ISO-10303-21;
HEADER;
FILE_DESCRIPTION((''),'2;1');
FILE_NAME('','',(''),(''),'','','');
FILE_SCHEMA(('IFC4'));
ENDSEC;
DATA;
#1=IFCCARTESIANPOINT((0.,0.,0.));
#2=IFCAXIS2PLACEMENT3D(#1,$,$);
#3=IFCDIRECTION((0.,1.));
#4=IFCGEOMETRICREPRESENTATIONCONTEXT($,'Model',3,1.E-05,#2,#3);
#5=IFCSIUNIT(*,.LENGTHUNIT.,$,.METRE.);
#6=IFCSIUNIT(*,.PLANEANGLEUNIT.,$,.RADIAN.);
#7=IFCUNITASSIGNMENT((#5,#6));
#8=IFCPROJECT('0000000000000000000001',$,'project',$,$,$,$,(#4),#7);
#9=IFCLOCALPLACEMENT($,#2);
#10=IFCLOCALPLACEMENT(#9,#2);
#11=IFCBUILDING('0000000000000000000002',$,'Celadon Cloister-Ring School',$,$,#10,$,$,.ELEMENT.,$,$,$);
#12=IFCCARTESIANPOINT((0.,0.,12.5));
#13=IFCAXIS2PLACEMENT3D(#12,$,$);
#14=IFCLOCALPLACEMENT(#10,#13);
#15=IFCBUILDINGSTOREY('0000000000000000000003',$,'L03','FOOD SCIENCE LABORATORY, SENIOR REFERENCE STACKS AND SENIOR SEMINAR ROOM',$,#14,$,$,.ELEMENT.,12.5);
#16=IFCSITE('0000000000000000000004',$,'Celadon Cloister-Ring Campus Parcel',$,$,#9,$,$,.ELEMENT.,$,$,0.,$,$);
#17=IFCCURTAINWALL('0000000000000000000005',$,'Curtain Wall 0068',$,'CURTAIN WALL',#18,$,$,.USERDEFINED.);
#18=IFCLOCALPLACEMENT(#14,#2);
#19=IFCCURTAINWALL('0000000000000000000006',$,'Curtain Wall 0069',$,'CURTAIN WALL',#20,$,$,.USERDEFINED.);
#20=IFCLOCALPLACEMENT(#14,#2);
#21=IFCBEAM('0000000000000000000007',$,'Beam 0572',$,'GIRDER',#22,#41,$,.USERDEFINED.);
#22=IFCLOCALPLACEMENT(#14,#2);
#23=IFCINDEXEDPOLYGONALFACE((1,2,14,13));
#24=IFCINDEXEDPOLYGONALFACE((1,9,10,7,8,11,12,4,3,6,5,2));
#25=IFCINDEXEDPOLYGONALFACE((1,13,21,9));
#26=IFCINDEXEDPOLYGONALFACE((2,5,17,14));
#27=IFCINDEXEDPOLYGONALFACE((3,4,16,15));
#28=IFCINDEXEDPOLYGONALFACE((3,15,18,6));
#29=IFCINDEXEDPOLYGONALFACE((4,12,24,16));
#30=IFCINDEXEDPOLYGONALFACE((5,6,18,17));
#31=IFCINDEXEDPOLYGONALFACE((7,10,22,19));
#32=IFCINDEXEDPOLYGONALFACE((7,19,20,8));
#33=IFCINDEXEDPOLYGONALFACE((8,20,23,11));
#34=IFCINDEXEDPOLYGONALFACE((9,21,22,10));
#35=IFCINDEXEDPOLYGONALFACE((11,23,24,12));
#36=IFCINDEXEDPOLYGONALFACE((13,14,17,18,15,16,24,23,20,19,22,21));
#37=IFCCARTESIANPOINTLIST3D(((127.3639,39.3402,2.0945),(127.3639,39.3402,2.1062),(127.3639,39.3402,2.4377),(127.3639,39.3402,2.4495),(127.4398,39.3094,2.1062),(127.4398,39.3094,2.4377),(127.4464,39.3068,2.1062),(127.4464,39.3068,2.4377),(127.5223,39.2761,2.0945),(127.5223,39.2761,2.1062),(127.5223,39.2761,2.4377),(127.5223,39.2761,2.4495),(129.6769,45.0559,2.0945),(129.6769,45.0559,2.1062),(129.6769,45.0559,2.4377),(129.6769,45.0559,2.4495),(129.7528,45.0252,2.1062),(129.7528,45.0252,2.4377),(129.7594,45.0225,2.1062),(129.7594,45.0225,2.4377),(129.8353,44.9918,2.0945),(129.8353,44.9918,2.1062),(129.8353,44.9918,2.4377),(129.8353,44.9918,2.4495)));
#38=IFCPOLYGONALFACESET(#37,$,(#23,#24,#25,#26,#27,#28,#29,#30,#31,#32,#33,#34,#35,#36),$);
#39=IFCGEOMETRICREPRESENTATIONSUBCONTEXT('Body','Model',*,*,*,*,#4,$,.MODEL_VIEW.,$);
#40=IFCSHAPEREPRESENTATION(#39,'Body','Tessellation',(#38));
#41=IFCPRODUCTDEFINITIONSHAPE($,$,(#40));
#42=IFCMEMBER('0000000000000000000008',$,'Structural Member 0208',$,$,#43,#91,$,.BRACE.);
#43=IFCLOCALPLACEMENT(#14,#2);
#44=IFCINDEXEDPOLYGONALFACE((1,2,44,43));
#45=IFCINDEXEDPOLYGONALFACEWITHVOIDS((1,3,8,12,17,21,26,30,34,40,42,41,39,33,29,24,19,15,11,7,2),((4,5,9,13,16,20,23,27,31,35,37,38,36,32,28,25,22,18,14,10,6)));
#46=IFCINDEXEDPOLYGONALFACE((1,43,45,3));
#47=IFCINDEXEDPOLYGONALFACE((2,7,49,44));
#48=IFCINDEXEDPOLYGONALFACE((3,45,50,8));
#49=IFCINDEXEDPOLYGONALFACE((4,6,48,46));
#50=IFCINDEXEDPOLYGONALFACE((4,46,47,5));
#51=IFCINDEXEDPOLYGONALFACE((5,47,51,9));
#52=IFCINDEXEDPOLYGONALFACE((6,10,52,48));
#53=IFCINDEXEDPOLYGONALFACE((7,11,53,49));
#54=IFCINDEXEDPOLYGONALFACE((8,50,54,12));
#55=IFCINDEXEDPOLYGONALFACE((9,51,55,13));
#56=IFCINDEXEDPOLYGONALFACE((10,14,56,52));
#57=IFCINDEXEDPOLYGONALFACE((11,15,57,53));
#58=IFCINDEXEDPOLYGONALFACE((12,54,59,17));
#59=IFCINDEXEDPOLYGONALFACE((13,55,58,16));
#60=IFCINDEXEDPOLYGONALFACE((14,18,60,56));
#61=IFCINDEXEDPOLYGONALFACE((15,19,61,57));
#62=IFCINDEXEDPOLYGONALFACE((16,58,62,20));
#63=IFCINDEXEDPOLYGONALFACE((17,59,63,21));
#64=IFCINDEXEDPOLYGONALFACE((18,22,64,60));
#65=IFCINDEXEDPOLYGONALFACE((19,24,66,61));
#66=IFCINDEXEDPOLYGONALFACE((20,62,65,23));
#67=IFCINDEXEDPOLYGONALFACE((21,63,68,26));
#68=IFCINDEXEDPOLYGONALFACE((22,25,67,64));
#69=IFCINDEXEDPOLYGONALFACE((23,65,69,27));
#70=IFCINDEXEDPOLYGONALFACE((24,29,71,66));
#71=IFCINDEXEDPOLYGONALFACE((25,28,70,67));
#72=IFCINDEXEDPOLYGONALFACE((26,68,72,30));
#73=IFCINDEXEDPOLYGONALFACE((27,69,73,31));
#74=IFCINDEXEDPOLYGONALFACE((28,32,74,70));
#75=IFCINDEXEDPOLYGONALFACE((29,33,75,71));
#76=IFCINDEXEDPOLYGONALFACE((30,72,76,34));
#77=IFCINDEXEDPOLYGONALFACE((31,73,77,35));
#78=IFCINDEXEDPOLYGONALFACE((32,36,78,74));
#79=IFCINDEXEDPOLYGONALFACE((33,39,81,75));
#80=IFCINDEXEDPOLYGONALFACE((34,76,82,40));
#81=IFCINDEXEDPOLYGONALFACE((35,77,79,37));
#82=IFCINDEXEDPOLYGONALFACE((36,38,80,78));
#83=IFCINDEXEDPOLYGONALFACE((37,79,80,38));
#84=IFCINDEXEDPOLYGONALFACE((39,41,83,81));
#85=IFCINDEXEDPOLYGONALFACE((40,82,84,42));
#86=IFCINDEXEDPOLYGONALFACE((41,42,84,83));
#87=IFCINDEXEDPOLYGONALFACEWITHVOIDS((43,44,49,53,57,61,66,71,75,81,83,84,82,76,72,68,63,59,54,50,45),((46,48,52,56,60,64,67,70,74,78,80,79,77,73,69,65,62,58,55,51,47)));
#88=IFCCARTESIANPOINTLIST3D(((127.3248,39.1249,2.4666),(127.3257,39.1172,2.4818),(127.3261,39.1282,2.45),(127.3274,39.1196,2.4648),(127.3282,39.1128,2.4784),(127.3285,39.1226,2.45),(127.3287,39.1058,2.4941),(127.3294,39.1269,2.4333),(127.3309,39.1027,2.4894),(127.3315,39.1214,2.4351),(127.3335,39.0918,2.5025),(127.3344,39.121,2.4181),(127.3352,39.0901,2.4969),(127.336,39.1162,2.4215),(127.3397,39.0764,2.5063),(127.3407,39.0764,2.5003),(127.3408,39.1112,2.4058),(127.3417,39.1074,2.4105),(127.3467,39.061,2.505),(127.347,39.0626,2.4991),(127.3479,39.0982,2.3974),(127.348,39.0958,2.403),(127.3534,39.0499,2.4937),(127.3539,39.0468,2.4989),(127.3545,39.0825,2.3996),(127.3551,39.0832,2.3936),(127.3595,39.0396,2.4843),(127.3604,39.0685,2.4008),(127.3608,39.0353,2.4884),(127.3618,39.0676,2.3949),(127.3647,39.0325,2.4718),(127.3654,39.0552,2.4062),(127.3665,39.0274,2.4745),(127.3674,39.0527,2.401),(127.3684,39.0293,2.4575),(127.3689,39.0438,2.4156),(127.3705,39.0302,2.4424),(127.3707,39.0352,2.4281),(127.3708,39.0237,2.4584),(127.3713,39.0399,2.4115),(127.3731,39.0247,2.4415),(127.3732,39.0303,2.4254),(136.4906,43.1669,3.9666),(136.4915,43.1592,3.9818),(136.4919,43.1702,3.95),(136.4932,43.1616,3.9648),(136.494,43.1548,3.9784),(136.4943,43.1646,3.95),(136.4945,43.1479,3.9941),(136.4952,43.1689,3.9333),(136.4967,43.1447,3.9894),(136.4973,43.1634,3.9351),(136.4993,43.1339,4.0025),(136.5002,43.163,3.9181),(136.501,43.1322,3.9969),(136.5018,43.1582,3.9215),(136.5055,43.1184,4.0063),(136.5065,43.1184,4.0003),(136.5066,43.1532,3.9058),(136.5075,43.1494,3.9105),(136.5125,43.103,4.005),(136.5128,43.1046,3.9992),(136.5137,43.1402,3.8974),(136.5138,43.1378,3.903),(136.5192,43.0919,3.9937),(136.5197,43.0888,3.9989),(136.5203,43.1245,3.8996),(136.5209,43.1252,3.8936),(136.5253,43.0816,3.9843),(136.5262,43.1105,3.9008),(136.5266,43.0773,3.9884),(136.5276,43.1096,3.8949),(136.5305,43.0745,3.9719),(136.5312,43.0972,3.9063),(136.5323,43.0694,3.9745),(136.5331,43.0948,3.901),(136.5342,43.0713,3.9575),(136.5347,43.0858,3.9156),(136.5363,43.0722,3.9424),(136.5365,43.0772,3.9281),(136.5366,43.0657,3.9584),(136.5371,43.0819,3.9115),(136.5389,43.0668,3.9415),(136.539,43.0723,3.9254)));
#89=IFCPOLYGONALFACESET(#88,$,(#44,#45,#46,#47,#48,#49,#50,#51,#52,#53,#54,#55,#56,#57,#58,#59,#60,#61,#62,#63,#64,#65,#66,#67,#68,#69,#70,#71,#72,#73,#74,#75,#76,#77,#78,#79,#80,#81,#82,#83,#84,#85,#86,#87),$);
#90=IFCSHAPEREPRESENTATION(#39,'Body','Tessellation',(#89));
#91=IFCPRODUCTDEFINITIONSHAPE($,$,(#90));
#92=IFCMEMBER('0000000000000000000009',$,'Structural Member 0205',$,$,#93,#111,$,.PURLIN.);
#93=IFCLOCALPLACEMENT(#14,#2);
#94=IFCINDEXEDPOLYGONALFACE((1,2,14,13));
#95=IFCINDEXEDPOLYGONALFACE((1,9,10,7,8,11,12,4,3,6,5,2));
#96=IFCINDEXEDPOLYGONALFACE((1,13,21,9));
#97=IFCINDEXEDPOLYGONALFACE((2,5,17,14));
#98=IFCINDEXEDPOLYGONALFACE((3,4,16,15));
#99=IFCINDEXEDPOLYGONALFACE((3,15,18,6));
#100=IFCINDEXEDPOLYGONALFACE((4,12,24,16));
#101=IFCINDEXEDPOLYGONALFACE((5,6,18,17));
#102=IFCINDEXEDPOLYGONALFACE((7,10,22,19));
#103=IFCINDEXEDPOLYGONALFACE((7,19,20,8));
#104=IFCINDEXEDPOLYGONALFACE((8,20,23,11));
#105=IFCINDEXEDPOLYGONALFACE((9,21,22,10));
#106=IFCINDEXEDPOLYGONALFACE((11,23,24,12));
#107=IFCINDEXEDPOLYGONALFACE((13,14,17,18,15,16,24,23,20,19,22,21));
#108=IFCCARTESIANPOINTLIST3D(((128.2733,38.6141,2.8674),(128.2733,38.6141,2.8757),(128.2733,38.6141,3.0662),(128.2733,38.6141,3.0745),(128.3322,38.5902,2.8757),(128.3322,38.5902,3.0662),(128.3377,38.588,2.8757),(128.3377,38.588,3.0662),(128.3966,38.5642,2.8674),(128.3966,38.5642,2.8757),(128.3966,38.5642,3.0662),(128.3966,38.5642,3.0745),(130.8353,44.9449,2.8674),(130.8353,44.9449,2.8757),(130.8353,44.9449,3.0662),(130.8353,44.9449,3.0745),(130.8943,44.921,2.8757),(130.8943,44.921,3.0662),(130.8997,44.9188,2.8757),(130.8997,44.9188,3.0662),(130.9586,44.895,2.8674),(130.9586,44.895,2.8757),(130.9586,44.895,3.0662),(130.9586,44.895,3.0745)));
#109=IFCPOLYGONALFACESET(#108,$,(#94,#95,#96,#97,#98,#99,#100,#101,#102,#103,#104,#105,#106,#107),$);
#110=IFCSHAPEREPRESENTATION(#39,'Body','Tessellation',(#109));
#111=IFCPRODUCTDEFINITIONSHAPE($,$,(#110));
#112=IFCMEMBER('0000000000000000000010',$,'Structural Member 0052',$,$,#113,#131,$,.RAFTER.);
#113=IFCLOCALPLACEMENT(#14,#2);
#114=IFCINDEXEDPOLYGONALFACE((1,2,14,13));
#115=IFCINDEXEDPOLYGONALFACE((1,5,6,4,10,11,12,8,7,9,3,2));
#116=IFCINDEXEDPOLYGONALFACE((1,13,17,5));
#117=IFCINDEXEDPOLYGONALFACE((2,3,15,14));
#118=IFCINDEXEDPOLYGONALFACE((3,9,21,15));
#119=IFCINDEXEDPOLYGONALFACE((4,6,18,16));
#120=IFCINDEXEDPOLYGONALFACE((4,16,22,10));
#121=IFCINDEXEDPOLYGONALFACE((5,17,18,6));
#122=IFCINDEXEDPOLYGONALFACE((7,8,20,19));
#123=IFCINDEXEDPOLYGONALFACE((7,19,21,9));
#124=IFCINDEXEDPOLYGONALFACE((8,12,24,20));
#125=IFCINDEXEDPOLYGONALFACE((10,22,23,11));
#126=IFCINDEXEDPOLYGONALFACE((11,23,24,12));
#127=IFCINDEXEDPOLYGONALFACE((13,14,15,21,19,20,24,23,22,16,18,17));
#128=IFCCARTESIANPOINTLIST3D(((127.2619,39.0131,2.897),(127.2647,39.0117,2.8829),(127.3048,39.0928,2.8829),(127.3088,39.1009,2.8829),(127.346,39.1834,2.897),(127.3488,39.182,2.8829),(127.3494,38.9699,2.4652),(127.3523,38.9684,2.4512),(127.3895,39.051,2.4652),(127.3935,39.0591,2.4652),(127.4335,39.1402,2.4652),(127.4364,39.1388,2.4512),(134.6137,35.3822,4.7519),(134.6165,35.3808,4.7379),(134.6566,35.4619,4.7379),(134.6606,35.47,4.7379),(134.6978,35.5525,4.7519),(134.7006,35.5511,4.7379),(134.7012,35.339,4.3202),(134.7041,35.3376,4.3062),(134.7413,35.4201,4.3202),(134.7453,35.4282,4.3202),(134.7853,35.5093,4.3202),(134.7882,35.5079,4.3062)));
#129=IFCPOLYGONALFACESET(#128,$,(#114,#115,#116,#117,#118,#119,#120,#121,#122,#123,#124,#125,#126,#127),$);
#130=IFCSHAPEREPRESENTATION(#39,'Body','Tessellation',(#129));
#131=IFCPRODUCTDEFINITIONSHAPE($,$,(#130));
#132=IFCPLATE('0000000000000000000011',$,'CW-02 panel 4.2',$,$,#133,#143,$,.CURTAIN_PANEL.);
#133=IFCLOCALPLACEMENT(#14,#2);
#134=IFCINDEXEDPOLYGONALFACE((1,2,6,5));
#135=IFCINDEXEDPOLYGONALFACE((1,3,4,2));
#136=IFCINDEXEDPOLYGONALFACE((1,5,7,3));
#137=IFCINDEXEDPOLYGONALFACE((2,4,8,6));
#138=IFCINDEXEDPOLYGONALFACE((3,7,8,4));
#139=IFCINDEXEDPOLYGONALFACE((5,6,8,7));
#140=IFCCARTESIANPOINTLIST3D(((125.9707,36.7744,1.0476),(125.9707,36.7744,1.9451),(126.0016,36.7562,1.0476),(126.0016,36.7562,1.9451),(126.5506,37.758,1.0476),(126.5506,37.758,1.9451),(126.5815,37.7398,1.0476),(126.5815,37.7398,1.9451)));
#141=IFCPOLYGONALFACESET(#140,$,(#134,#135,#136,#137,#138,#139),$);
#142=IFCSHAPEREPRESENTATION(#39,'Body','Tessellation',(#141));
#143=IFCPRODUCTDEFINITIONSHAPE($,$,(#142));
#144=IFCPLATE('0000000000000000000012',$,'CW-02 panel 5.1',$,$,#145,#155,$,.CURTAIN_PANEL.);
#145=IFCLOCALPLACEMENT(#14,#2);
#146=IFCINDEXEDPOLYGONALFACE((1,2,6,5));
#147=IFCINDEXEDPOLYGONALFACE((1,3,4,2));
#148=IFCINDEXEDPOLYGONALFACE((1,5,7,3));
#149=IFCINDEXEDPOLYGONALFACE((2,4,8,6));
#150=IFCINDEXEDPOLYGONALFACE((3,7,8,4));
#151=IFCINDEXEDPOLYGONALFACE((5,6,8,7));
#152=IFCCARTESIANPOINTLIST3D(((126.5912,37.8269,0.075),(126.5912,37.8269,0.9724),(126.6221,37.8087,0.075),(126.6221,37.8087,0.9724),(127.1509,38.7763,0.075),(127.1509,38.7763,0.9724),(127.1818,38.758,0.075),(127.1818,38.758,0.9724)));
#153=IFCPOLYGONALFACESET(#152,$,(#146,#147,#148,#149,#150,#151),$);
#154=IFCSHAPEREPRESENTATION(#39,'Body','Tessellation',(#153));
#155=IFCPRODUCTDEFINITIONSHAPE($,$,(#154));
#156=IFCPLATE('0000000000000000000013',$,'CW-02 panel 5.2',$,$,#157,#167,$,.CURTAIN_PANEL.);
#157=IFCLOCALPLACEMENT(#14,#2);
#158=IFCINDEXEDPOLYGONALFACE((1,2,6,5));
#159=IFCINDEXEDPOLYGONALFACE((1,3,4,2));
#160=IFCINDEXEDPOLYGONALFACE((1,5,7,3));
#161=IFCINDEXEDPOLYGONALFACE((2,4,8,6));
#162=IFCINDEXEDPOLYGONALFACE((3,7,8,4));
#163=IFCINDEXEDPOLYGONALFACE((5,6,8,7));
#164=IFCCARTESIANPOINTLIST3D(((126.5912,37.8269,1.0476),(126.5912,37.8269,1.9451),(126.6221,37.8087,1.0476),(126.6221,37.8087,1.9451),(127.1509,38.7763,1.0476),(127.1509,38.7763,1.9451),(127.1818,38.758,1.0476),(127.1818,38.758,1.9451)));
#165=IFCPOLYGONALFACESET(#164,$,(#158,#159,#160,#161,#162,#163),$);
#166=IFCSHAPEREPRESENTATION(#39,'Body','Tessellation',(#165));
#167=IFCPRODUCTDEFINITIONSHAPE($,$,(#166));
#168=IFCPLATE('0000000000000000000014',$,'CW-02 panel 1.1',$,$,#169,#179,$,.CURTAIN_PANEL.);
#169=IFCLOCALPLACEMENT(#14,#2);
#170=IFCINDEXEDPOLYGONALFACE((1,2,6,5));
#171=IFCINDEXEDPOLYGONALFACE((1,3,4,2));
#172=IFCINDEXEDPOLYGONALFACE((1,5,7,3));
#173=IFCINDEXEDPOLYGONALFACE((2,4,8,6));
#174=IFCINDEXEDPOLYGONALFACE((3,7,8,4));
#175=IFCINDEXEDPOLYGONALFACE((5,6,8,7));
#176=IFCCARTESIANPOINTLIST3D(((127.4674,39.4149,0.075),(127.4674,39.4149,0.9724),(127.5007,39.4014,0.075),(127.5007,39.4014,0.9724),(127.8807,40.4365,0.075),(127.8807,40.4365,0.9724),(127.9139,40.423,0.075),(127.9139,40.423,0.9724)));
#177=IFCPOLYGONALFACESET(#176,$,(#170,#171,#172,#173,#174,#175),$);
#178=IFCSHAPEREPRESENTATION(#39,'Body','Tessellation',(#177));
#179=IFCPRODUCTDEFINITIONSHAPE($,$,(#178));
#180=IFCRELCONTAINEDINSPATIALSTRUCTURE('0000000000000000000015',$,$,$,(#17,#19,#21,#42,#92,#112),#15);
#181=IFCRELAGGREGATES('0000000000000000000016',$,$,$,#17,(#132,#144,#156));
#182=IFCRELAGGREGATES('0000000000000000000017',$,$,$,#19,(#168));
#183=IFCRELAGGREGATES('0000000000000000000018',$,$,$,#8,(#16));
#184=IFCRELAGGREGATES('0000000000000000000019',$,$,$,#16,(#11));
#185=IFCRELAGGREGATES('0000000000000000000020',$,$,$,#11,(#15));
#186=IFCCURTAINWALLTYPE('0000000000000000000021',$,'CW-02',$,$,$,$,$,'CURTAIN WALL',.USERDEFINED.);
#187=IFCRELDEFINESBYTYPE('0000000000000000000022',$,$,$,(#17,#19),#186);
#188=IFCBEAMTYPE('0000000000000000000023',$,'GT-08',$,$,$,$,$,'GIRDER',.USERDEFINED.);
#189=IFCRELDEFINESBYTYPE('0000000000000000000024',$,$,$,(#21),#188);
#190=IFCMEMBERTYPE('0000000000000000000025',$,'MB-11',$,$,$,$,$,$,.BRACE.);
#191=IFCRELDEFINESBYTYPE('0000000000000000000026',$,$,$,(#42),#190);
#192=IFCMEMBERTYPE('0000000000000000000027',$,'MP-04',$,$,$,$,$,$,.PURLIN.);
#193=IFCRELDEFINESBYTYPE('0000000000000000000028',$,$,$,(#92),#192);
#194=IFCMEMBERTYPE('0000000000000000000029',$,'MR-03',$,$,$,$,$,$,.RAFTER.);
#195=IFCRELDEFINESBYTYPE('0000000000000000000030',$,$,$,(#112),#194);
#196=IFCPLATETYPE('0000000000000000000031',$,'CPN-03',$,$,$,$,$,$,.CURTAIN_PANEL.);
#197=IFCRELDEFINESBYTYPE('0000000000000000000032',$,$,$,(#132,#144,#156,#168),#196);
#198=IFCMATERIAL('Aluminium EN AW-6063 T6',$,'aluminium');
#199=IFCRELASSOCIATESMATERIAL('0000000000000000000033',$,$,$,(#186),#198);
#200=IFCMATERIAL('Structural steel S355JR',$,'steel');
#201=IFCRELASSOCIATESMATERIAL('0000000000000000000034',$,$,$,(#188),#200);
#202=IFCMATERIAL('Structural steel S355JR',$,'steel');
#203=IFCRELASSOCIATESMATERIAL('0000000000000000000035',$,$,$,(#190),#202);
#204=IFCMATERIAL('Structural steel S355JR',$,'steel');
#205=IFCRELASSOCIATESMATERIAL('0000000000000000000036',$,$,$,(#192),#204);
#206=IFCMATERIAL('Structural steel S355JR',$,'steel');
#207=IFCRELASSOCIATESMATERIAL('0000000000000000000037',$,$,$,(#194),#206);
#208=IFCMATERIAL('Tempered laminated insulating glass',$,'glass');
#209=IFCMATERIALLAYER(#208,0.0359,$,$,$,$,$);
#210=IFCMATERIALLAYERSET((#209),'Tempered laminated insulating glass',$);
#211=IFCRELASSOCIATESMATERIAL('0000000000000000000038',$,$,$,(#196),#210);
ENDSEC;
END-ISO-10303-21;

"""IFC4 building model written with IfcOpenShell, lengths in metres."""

from ifc_helpers import new_model, si_unit, direction, frame, origin, origin_2d, place, context, subcontext, project, spatial, rectangle, hollow_circle, i_section, extrude, material, layer, layer_set, material_profile, profile_set, type_object, element, aggregate, save


model = new_model("IFC4")

# Units and contexts
model_context = context("Model", 3, precision=1e-05, world=origin(), true_north=direction((0.0, 1.0)))
body_context = subcontext(model_context, "Body", "Model", "MODEL_VIEW")
ifc_project = project(units=[si_unit("LENGTHUNIT", "METRE"), si_unit("PLANEANGLEUNIT", "RADIAN")], contexts=[model_context])

# Site, building, storey
site_placement = place(None, origin())
site = spatial("IfcSite", under=ifc_project, at=site_placement, Name="Celadon Cloister-Ring Campus Parcel", CompositionType="ELEMENT", RefElevation=0.0)
building_placement = place(site_placement, origin())
building = spatial("IfcBuilding", under=site, at=building_placement, Name="Celadon Cloister-Ring School", CompositionType="ELEMENT")
storey_placement = place(building_placement, frame((0.0, 0.0, 12.5)))
storey = spatial("IfcBuildingStorey", under=building, at=storey_placement, Name="L03", Description="FOOD SCIENCE LABORATORY, SENIOR REFERENCE STACKS AND SENIOR SEMINAR ROOM", CompositionType="ELEMENT", Elevation=12.5)

# Curtain wall
ifc_material_1 = material(Name="Aluminium EN AW-6063 T6", Category="aluminium")
curtain_wall_type = type_object("IfcCurtainWallType", Name="CW-02", ElementType="CURTAIN WALL", PredefinedType="USERDEFINED", material=ifc_material_1)
curtain_wall_1_placement = place(storey_placement, origin())
curtain_wall_1 = element("IfcCurtainWall", 1, at=curtain_wall_1_placement, inside=storey, type_object=curtain_wall_type, Name="Curtain Wall 0068", ObjectType="CURTAIN WALL", PredefinedType="USERDEFINED")

# Curtain wall
curtain_wall_2_placement = place(storey_placement, origin())
curtain_wall_2 = element("IfcCurtainWall", 2, at=curtain_wall_2_placement, inside=storey, type_object=curtain_wall_type, Name="Curtain Wall 0069", ObjectType="CURTAIN WALL", PredefinedType="USERDEFINED")

# Beam
ifc_material_2 = material(Name="Structural steel S355JR", Category="steel")
ifc_material_profile_1 = material_profile(ifc_material_2, i_section(OverallWidth=0.1709, OverallDepth=0.355, WebThickness=0.0071, FlangeThickness=0.0117, at=origin_2d()), Name="W360X51")
ifc_profile_set_1 = profile_set([ifc_material_profile_1], Name="Structural steel S355JR")
beam_type = type_object("IfcBeamType", Name="GT-08", ElementType="GIRDER", PredefinedType="USERDEFINED", material=ifc_profile_set_1)
beam_placement = place(storey_placement, frame((127.4431, 39.3081, 2.272), z_axis=(0.375115, 0.926978, 0.0), x_axis=(-0.926978, 0.375115, 0.0)))
element("IfcBeam", 3, at=beam_placement, inside=storey, type_object=beam_type, Name="Beam 0572", ObjectType="GIRDER", PredefinedType="USERDEFINED", context=body_context, shape_type="SweptSolid", body=[
    extrude(i_section(OverallWidth=0.1709, OverallDepth=0.355, WebThickness=0.0071, FlangeThickness=0.0117, at=origin_2d()), origin(), (0.0, 0.0, 1.0), 6.166),
])

# Members
ifc_material_3 = material(Name="Structural steel S355JR", Category="steel")
ifc_material_profile_2 = material_profile(ifc_material_3, hollow_circle(Radius=0.0571, WallThickness=0.0061, at=origin_2d()), Name="CHS114.3X6")
ifc_profile_set_2 = profile_set([ifc_material_profile_2], Name="Structural steel S355JR")
member_type_1 = type_object("IfcMemberType", Name="MB-11", PredefinedType="BRACE", material=ifc_profile_set_2)
member_1_placement = place(storey_placement, frame((127.3491, 39.0759, 2.45), z_axis=(0.904893, 0.399047, 0.148088), x_axis=(-0.403496, 0.914982, 0.0)))
element("IfcMember", 4, at=member_1_placement, inside=storey, type_object=member_type_1, Name="Structural Member 0208", PredefinedType="BRACE", context=body_context, shape_type="SweptSolid", body=[
    extrude(hollow_circle(Radius=0.0571, WallThickness=0.0061, at=origin_2d()), origin(), (0.0, 0.0, 1.0), 10.1292),
])
ifc_material_4 = material(Name="Structural steel S355JR", Category="steel")
ifc_material_profile_3 = material_profile(ifc_material_4, i_section(OverallWidth=0.1331, OverallDepth=0.207, WebThickness=0.0059, FlangeThickness=0.0083, at=origin_2d()), Name="W200X27")
ifc_profile_set_3 = profile_set([ifc_material_profile_3], Name="Structural steel S355JR")
member_type_2 = type_object("IfcMemberType", Name="MP-04", PredefinedType="PURLIN", material=ifc_profile_set_3)
member_2_placement = place(storey_placement, frame((128.335, 38.5891, 2.9709), z_axis=(0.375135, 0.92697, 0.0), x_axis=(-0.92697, 0.375135, 0.0)))
element("IfcMember", 5, at=member_2_placement, inside=storey, type_object=member_type_2, Name="Structural Member 0205", PredefinedType="PURLIN", context=body_context, shape_type="SweptSolid", body=[
    extrude(i_section(OverallWidth=0.1331, OverallDepth=0.207, WebThickness=0.0059, FlangeThickness=0.0083, at=origin_2d()), origin(), (0.0, 0.0, 1.0), 6.8296),
])
ifc_material_5 = material(Name="Structural steel S355JR", Category="steel")
ifc_material_profile_4 = material_profile(ifc_material_5, i_section(OverallWidth=0.1899, OverallDepth=0.457, WebThickness=0.009, FlangeThickness=0.0144, at=origin_2d()), Name="W460X74")
ifc_profile_set_4 = profile_set([ifc_material_profile_4], Name="Structural steel S355JR")
member_type_3 = type_object("IfcMemberType", Name="MR-03", PredefinedType="RAFTER", material=ifc_profile_set_4)
member_3_placement = place(storey_placement, frame((127.3491, 39.0759, 2.6741), z_axis=(0.874514, -0.431899, 0.220654), x_axis=(0.442813, 0.896614, 0.0)))
element("IfcMember", 6, at=member_3_placement, inside=storey, type_object=member_type_3, Name="Structural Member 0052", PredefinedType="RAFTER", context=body_context, shape_type="SweptSolid", body=[
    extrude(i_section(OverallWidth=0.1899, OverallDepth=0.457, WebThickness=0.009, FlangeThickness=0.0144, at=origin_2d()), origin(), (0.0, 0.0, 1.0), 8.4067),
])

# Plates
ifc_material_6 = material(Name="Tempered laminated insulating glass", Category="glass")
ifc_layer_1 = layer(ifc_material_6, 0.0359)
ifc_layer_set_1 = layer_set([ifc_layer_1], Name="Tempered laminated insulating glass")
plate_type_1 = type_object("IfcPlateType", Name="CPN-03", PredefinedType="CURTAIN_PANEL", material=ifc_layer_set_1)
plate_1_placement = place(storey_placement, frame((126.2761, 37.2571, 1.0476), z_axis=(0.0, 0.0, 1.0), x_axis=(0.507885, 0.861425, 0.0)))
plate_1 = element("IfcPlate", 7, at=plate_1_placement, type_object=plate_type_1, Name="CW-02 panel 4.2", PredefinedType="CURTAIN_PANEL", context=body_context, shape_type="SweptSolid", body=[
    extrude(rectangle(XDim=1.1418, YDim=0.0359, at=origin_2d()), origin(), (0.0, 0.0, 1.0), 0.8975),
])
plate_2_placement = place(storey_placement, frame((126.8865, 38.2925, 0.075), z_axis=(0.0, 0.0, 1.0), x_axis=(0.507885, 0.861425, 0.0)))
plate_2 = element("IfcPlate", 8, at=plate_2_placement, type_object=plate_type_1, Name="CW-02 panel 5.1", PredefinedType="CURTAIN_PANEL", context=body_context, shape_type="SweptSolid", body=[
    extrude(rectangle(XDim=1.1021, YDim=0.0359, at=origin_2d()), origin(), (0.0, 0.0, 1.0), 0.8975),
])
plate_3_placement = place(storey_placement, frame((126.8865, 38.2925, 1.0476), z_axis=(0.0, 0.0, 1.0), x_axis=(0.507885, 0.861425, 0.0)))
plate_3 = element("IfcPlate", 9, at=plate_3_placement, type_object=plate_type_1, Name="CW-02 panel 5.2", PredefinedType="CURTAIN_PANEL", context=body_context, shape_type="SweptSolid", body=[
    extrude(rectangle(XDim=1.1021, YDim=0.0359, at=origin_2d()), origin(), (0.0, 0.0, 1.0), 0.8975),
])
aggregate(curtain_wall_1, [plate_1, plate_2, plate_3])
plate_4_placement = place(storey_placement, frame((127.6907, 39.9189, 0.075), z_axis=(0.0, 0.0, 1.0), x_axis=(0.374972, 0.927036, 0.0)))
plate_4 = element("IfcPlate", 10, at=plate_4_placement, type_object=plate_type_1, Name="CW-02 panel 1.1", PredefinedType="CURTAIN_PANEL", context=body_context, shape_type="SweptSolid", body=[
    extrude(rectangle(XDim=1.1021, YDim=0.0359, at=origin_2d()), origin(), (0.0, 0.0, 1.0), 0.8975),
])
aggregate(curtain_wall_2, [plate_4])

save(model, "model.ifc")
